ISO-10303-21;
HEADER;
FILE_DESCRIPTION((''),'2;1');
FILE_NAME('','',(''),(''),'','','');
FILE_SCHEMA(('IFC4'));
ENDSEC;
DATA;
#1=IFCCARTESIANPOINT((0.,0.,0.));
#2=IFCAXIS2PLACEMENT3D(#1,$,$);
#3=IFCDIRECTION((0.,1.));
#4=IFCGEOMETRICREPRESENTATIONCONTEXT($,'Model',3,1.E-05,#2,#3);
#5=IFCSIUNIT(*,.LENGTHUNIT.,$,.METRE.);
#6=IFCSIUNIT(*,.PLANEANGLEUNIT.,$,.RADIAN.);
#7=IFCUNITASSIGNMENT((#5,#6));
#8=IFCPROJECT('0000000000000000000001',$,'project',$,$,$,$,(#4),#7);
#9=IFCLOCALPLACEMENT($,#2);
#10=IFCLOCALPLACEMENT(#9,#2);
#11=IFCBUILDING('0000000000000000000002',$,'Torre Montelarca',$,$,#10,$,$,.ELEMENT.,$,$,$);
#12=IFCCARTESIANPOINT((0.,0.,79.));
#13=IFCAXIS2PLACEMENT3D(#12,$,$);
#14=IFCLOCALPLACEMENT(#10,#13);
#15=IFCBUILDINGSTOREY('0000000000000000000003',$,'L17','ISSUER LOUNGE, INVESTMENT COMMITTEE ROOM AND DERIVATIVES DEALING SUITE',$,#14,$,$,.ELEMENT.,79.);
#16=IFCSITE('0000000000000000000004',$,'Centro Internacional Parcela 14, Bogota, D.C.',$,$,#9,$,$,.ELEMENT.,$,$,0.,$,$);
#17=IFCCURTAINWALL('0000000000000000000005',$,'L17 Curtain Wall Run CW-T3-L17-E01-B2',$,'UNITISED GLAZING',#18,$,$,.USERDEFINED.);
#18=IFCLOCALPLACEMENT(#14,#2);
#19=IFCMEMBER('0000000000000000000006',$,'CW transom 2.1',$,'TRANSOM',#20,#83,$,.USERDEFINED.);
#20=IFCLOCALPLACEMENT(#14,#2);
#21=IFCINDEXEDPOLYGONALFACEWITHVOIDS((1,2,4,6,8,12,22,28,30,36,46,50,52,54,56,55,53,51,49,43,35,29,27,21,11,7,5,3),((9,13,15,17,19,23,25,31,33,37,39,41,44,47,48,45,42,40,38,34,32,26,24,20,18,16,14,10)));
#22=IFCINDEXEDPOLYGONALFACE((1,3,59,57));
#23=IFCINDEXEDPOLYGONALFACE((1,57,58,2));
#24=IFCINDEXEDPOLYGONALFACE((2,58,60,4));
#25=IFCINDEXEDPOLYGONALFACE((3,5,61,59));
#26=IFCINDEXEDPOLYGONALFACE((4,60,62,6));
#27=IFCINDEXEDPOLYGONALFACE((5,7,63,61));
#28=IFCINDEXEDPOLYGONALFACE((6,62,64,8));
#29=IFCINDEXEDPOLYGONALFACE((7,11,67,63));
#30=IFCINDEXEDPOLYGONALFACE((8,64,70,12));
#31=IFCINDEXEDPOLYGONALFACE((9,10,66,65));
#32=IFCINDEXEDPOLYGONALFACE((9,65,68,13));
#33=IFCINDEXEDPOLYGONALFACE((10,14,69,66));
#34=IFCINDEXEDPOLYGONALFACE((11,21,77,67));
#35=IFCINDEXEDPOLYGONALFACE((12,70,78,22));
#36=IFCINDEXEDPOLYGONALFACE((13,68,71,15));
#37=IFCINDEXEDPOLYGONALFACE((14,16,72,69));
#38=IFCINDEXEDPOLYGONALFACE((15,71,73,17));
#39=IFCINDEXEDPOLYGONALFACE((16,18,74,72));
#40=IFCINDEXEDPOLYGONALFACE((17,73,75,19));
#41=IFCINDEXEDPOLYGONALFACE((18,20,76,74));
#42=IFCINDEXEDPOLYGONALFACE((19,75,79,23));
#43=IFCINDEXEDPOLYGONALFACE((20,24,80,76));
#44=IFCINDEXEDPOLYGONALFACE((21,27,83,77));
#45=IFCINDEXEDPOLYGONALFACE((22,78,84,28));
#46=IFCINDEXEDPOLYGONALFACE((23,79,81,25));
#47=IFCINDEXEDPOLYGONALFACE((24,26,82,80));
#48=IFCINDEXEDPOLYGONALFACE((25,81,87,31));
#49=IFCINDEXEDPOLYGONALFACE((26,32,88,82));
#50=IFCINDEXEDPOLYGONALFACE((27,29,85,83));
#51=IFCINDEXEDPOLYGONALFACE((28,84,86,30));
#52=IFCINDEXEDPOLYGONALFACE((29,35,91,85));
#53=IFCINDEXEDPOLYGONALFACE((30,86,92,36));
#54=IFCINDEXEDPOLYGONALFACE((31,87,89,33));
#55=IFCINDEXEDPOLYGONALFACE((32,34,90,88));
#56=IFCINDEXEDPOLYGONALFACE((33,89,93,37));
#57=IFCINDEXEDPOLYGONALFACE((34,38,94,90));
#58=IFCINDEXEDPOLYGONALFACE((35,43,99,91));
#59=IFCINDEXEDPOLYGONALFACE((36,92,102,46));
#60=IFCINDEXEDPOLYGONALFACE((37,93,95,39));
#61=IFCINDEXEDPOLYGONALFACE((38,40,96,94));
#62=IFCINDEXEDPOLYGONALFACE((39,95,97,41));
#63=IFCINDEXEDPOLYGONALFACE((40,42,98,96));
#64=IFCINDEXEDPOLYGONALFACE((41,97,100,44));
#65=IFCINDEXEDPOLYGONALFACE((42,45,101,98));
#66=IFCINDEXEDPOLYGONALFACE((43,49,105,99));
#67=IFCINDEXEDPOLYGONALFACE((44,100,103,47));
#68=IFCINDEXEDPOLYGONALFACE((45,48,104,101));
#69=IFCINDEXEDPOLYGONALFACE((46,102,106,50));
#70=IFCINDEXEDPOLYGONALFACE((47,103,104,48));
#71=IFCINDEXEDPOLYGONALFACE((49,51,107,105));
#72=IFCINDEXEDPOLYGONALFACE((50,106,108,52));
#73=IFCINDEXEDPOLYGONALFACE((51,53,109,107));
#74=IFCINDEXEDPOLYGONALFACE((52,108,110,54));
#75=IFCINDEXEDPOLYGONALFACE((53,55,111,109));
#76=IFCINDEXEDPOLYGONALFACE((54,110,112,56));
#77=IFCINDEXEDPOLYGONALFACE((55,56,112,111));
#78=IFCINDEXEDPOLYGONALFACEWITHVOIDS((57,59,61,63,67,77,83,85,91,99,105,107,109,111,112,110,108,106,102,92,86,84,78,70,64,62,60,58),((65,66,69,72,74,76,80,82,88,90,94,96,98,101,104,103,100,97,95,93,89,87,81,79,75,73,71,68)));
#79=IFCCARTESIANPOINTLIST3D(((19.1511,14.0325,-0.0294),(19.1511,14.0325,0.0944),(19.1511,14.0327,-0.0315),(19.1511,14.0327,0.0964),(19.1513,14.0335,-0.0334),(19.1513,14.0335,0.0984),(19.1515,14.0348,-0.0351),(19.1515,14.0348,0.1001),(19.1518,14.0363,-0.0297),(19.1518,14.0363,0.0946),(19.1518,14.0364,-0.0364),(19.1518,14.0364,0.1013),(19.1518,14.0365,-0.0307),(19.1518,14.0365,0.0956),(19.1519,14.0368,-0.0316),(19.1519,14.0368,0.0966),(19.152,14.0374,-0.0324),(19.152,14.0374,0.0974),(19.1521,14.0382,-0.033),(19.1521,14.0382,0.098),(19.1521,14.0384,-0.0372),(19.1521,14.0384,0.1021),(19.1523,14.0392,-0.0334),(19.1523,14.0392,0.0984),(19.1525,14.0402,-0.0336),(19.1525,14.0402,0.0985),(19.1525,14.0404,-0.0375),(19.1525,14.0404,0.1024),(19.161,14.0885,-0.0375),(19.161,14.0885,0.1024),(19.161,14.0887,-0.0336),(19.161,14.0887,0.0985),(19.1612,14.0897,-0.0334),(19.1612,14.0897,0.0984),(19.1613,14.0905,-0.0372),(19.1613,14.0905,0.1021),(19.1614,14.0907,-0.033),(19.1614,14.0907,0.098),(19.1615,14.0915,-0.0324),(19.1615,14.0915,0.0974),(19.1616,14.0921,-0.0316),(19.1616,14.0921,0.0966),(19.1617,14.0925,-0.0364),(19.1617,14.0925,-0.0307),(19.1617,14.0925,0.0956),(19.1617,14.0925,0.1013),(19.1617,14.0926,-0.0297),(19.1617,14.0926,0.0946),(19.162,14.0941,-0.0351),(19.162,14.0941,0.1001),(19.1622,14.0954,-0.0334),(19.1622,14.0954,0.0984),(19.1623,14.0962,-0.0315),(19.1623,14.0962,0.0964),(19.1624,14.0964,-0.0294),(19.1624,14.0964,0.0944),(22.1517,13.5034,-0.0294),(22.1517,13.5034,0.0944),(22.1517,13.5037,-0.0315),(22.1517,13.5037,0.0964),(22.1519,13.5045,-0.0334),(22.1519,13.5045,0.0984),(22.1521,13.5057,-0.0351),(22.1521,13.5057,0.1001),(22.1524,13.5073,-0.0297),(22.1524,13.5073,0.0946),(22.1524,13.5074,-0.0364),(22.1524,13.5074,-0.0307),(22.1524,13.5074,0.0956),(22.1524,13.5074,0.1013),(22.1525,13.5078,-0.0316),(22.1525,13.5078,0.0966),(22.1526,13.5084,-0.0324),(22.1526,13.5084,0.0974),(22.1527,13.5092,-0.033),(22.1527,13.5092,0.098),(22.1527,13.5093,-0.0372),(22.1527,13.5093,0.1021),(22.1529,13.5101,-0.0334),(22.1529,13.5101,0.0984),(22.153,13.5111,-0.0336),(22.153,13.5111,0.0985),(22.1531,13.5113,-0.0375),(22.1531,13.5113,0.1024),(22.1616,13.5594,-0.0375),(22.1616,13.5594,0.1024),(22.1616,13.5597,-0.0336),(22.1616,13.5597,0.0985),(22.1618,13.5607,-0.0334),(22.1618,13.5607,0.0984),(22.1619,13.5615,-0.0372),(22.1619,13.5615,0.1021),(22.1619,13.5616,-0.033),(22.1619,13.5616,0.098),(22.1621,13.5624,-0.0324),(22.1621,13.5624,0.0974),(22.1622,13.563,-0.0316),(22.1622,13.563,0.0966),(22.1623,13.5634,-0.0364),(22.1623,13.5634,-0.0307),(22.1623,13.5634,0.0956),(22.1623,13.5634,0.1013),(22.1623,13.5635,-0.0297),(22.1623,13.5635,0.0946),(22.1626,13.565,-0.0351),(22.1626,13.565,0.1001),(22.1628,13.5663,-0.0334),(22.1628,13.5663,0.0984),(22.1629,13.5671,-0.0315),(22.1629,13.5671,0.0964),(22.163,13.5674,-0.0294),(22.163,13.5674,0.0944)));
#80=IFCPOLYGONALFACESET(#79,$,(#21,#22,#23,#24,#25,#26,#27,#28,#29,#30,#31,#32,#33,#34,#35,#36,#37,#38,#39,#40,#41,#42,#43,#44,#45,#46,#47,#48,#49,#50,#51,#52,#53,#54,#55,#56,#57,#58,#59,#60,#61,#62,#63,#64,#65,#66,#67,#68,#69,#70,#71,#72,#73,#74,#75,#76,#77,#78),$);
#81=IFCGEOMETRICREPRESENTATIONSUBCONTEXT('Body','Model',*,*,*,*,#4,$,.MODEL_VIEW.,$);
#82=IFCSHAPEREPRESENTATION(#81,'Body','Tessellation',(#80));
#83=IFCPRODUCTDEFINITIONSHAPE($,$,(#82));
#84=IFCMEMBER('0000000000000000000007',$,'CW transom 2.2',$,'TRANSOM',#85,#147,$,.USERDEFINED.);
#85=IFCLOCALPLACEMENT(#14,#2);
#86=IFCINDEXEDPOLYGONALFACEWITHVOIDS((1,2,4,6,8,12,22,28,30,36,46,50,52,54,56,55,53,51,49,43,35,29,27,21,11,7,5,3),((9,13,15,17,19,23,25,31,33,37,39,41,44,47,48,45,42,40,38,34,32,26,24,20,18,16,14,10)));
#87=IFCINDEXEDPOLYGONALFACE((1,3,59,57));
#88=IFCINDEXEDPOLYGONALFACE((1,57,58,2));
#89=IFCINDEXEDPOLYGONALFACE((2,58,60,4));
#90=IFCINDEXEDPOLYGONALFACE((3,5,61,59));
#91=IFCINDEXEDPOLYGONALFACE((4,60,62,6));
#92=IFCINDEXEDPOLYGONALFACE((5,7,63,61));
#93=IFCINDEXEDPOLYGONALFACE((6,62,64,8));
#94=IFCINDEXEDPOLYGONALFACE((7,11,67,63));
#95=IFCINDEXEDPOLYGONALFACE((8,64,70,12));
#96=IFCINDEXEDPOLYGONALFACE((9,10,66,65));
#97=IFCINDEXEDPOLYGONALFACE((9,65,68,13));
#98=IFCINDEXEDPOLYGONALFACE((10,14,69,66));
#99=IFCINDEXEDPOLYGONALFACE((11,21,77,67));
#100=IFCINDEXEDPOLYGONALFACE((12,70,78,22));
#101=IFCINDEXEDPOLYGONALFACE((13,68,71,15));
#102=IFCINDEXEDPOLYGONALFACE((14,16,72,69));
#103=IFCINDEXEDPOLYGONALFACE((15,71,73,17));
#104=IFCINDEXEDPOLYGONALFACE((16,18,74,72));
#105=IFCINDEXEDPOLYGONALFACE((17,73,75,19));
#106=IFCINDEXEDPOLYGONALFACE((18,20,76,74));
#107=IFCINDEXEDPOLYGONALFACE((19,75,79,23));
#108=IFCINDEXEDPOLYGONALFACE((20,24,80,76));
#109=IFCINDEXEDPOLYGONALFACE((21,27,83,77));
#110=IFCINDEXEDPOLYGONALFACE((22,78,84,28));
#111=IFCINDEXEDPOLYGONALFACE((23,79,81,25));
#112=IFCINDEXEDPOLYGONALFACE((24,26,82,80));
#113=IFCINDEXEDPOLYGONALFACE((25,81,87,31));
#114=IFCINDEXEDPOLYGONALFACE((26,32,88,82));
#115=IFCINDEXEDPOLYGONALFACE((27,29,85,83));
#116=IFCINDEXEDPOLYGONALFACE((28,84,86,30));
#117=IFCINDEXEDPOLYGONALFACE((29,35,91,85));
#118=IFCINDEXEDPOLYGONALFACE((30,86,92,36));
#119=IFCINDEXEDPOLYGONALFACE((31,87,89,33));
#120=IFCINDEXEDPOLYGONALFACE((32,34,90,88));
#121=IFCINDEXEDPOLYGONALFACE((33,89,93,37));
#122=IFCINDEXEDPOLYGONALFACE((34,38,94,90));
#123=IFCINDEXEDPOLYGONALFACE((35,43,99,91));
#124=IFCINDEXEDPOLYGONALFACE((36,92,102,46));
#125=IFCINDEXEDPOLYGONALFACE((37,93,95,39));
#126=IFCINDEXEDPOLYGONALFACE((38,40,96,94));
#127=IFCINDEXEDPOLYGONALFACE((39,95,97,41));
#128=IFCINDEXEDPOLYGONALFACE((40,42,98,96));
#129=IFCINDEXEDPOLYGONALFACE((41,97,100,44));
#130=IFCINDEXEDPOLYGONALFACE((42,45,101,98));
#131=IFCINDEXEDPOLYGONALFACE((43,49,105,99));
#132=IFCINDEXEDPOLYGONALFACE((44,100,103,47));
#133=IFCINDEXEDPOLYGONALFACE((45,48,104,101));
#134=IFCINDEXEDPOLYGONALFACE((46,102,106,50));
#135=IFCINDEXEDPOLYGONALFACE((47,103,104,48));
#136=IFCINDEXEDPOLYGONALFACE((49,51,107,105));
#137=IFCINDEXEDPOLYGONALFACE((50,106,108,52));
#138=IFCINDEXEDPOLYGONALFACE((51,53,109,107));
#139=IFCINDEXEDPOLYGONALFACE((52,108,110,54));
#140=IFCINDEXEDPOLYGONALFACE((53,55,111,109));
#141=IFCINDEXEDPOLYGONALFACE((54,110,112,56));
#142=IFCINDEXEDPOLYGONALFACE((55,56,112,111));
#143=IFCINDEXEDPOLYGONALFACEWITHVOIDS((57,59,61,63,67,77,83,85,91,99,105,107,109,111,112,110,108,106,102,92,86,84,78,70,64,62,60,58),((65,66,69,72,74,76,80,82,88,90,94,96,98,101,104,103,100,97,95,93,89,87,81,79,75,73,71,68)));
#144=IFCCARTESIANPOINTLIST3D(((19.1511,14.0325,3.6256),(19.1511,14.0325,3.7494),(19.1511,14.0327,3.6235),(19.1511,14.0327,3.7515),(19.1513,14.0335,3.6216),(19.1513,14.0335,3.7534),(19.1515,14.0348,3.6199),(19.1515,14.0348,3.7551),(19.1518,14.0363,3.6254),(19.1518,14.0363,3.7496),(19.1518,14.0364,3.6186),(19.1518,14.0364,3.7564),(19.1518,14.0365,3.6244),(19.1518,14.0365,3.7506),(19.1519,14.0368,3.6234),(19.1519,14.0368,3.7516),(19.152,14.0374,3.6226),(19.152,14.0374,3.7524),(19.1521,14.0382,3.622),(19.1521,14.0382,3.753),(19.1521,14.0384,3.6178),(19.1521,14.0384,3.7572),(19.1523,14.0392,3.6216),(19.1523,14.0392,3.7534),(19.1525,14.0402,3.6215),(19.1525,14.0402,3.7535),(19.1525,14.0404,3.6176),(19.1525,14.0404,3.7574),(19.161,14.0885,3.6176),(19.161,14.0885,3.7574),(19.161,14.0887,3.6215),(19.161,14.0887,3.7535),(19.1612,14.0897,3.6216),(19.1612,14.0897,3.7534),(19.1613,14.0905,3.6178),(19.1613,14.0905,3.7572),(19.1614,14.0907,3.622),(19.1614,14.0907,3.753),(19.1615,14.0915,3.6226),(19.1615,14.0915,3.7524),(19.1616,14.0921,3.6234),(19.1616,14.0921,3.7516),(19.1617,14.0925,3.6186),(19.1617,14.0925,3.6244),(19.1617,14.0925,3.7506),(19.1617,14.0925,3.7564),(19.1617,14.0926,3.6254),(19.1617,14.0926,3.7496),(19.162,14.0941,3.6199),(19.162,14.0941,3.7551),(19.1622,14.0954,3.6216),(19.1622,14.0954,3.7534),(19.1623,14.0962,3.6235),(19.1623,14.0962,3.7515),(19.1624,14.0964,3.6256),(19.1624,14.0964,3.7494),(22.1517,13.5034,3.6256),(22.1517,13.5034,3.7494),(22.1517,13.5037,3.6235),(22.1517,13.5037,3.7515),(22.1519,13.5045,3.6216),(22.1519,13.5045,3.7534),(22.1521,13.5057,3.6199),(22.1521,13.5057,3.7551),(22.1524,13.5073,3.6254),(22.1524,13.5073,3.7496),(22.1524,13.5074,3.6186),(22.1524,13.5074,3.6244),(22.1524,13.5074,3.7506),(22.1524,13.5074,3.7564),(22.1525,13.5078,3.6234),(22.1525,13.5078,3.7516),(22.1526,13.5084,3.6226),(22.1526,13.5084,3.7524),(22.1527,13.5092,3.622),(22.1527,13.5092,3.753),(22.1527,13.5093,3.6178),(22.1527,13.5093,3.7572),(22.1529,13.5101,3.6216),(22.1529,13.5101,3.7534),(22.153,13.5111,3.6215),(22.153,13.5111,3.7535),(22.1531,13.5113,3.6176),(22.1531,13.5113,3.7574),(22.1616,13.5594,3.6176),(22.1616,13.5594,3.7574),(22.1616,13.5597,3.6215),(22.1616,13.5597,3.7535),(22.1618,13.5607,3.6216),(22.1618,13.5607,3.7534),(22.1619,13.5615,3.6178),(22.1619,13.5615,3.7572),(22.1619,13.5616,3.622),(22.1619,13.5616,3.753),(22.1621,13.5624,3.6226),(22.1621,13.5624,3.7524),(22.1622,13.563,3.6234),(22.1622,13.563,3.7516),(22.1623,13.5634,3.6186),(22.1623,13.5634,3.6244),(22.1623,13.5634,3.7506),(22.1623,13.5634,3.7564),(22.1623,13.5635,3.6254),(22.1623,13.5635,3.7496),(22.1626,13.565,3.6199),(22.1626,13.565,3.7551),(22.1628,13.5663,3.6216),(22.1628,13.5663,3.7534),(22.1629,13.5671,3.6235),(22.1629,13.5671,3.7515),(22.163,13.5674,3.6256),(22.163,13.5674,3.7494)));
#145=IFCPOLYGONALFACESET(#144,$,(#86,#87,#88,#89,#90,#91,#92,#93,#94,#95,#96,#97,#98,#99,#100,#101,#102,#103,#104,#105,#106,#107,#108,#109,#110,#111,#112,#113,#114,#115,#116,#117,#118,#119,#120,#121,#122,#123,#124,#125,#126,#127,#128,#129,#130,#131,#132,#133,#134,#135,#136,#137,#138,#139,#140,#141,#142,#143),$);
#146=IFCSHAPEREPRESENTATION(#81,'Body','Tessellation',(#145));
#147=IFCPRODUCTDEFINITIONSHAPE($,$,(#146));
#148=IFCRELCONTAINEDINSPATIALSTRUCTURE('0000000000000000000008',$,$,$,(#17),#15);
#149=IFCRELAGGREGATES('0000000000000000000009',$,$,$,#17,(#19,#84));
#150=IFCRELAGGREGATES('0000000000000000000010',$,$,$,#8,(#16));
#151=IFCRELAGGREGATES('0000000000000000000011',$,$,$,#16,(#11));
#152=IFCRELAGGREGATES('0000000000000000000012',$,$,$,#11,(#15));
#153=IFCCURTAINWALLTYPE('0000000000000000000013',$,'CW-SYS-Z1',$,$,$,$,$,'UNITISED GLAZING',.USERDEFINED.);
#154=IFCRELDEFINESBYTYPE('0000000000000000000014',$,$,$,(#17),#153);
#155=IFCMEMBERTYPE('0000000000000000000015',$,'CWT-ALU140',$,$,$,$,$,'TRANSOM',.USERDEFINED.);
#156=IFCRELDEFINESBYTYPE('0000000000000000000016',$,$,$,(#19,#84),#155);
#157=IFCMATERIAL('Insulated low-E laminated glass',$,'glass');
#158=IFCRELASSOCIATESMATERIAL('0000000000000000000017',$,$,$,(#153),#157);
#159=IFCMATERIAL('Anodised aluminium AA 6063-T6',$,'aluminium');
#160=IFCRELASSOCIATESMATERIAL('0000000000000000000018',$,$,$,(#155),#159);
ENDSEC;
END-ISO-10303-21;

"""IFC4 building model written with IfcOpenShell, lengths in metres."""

from ifc_helpers import new_model, si_unit, direction, frame, origin, origin_2d, place, context, subcontext, project, spatial, hollow_rectangle, extrude, source, transform, mapped, material, material_profile, profile_set, type_object, element, aggregate, save


model = new_model("IFC4")

# Units and contexts
model_context = context("Model", 3, precision=1e-05, world=origin(), true_north=direction((0.0, 1.0)))
body_context = subcontext(model_context, "Body", "Model", "MODEL_VIEW")
ifc_project = project(units=[si_unit("LENGTHUNIT", "METRE"), si_unit("PLANEANGLEUNIT", "RADIAN")], contexts=[model_context])

# Site, building, storey
site_placement = place(None, origin())
site = spatial("IfcSite", under=ifc_project, at=site_placement, Name="Centro Internacional Parcela 14, Bogota, D.C.", CompositionType="ELEMENT", RefElevation=0.0)
building_placement = place(site_placement, origin())
building = spatial("IfcBuilding", under=site, at=building_placement, Name="Torre Montelarca", CompositionType="ELEMENT")
storey_placement = place(building_placement, frame((0.0, 0.0, 79.0)))
storey = spatial("IfcBuildingStorey", under=building, at=storey_placement, Name="L17", Description="ISSUER LOUNGE, INVESTMENT COMMITTEE ROOM AND DERIVATIVES DEALING SUITE", CompositionType="ELEMENT", Elevation=79.0)

# Curtain wall, members
ifc_material_1 = material(Name="Insulated low-E laminated glass", Category="glass")
curtain_wall_type = type_object("IfcCurtainWallType", Name="CW-SYS-Z1", ElementType="UNITISED GLAZING", PredefinedType="USERDEFINED", material=ifc_material_1)
ifc_material_2 = material(Name="Anodised aluminium AA 6063-T6", Category="aluminium")
ifc_material_profile_1 = material_profile(ifc_material_2, hollow_rectangle(XDim=0.0649, YDim=0.1399, WallThickness=0.0039, InnerFilletRadius=0.0039, OuterFilletRadius=0.0081, at=origin_2d()), Name="ALU65X140X4", Category="aluminium")
ifc_profile_set_1 = profile_set([ifc_material_profile_1], Name="Anodised aluminium AA 6063-T6")
member_type_1 = type_object("IfcMemberType", Name="CWT-ALU140", ElementType="TRANSOM", PredefinedType="USERDEFINED", material=ifc_profile_set_1)
curtain_wall_1_placement = place(storey_placement, origin())
curtain_wall_1 = element("IfcCurtainWall", 1, at=curtain_wall_1_placement, inside=storey, type_object=curtain_wall_type, Name="L17 Curtain Wall Run CW-T3-L17-E01-B2", ObjectType="UNITISED GLAZING", PredefinedType="USERDEFINED")
shared_shape_1 = source(origin(), body_context, "Body", "SweptSolid", [
    extrude(hollow_rectangle(XDim=0.0649, YDim=0.1399, WallThickness=0.0039, InnerFilletRadius=0.0039, OuterFilletRadius=0.0081, at=origin_2d()), origin(), (0.0, 0.0, 1.0), 3.0469),
])
member_1_placement = place(storey_placement, frame((19.1567, 14.0645, 0.0325), z_axis=(0.984809, -0.173644, 0.0), x_axis=(0.173644, 0.984809, 0.0)))
member_1 = element("IfcMember", 2, at=member_1_placement, type_object=member_type_1, Name="CW transom 2.1", ObjectType="TRANSOM", PredefinedType="USERDEFINED", context=body_context, shape_type="MappedRepresentation", body=[
    mapped(shared_shape_1, transform((0.0, 0.0, 0.0), scale=1.0)),
])
member_2_placement = place(storey_placement, frame((19.1567, 14.0645, 3.6875), z_axis=(0.984809, -0.173644, 0.0), x_axis=(0.173644, 0.984809, 0.0)))
member_2 = element("IfcMember", 3, at=member_2_placement, type_object=member_type_1, Name="CW transom 2.2", ObjectType="TRANSOM", PredefinedType="USERDEFINED", context=body_context, shape_type="MappedRepresentation", body=[
    mapped(shared_shape_1, transform((0.0, 0.0, 0.0), scale=1.0)),
])

aggregate(curtain_wall_1, [member_1, member_2])

save(model, "model.ifc")
